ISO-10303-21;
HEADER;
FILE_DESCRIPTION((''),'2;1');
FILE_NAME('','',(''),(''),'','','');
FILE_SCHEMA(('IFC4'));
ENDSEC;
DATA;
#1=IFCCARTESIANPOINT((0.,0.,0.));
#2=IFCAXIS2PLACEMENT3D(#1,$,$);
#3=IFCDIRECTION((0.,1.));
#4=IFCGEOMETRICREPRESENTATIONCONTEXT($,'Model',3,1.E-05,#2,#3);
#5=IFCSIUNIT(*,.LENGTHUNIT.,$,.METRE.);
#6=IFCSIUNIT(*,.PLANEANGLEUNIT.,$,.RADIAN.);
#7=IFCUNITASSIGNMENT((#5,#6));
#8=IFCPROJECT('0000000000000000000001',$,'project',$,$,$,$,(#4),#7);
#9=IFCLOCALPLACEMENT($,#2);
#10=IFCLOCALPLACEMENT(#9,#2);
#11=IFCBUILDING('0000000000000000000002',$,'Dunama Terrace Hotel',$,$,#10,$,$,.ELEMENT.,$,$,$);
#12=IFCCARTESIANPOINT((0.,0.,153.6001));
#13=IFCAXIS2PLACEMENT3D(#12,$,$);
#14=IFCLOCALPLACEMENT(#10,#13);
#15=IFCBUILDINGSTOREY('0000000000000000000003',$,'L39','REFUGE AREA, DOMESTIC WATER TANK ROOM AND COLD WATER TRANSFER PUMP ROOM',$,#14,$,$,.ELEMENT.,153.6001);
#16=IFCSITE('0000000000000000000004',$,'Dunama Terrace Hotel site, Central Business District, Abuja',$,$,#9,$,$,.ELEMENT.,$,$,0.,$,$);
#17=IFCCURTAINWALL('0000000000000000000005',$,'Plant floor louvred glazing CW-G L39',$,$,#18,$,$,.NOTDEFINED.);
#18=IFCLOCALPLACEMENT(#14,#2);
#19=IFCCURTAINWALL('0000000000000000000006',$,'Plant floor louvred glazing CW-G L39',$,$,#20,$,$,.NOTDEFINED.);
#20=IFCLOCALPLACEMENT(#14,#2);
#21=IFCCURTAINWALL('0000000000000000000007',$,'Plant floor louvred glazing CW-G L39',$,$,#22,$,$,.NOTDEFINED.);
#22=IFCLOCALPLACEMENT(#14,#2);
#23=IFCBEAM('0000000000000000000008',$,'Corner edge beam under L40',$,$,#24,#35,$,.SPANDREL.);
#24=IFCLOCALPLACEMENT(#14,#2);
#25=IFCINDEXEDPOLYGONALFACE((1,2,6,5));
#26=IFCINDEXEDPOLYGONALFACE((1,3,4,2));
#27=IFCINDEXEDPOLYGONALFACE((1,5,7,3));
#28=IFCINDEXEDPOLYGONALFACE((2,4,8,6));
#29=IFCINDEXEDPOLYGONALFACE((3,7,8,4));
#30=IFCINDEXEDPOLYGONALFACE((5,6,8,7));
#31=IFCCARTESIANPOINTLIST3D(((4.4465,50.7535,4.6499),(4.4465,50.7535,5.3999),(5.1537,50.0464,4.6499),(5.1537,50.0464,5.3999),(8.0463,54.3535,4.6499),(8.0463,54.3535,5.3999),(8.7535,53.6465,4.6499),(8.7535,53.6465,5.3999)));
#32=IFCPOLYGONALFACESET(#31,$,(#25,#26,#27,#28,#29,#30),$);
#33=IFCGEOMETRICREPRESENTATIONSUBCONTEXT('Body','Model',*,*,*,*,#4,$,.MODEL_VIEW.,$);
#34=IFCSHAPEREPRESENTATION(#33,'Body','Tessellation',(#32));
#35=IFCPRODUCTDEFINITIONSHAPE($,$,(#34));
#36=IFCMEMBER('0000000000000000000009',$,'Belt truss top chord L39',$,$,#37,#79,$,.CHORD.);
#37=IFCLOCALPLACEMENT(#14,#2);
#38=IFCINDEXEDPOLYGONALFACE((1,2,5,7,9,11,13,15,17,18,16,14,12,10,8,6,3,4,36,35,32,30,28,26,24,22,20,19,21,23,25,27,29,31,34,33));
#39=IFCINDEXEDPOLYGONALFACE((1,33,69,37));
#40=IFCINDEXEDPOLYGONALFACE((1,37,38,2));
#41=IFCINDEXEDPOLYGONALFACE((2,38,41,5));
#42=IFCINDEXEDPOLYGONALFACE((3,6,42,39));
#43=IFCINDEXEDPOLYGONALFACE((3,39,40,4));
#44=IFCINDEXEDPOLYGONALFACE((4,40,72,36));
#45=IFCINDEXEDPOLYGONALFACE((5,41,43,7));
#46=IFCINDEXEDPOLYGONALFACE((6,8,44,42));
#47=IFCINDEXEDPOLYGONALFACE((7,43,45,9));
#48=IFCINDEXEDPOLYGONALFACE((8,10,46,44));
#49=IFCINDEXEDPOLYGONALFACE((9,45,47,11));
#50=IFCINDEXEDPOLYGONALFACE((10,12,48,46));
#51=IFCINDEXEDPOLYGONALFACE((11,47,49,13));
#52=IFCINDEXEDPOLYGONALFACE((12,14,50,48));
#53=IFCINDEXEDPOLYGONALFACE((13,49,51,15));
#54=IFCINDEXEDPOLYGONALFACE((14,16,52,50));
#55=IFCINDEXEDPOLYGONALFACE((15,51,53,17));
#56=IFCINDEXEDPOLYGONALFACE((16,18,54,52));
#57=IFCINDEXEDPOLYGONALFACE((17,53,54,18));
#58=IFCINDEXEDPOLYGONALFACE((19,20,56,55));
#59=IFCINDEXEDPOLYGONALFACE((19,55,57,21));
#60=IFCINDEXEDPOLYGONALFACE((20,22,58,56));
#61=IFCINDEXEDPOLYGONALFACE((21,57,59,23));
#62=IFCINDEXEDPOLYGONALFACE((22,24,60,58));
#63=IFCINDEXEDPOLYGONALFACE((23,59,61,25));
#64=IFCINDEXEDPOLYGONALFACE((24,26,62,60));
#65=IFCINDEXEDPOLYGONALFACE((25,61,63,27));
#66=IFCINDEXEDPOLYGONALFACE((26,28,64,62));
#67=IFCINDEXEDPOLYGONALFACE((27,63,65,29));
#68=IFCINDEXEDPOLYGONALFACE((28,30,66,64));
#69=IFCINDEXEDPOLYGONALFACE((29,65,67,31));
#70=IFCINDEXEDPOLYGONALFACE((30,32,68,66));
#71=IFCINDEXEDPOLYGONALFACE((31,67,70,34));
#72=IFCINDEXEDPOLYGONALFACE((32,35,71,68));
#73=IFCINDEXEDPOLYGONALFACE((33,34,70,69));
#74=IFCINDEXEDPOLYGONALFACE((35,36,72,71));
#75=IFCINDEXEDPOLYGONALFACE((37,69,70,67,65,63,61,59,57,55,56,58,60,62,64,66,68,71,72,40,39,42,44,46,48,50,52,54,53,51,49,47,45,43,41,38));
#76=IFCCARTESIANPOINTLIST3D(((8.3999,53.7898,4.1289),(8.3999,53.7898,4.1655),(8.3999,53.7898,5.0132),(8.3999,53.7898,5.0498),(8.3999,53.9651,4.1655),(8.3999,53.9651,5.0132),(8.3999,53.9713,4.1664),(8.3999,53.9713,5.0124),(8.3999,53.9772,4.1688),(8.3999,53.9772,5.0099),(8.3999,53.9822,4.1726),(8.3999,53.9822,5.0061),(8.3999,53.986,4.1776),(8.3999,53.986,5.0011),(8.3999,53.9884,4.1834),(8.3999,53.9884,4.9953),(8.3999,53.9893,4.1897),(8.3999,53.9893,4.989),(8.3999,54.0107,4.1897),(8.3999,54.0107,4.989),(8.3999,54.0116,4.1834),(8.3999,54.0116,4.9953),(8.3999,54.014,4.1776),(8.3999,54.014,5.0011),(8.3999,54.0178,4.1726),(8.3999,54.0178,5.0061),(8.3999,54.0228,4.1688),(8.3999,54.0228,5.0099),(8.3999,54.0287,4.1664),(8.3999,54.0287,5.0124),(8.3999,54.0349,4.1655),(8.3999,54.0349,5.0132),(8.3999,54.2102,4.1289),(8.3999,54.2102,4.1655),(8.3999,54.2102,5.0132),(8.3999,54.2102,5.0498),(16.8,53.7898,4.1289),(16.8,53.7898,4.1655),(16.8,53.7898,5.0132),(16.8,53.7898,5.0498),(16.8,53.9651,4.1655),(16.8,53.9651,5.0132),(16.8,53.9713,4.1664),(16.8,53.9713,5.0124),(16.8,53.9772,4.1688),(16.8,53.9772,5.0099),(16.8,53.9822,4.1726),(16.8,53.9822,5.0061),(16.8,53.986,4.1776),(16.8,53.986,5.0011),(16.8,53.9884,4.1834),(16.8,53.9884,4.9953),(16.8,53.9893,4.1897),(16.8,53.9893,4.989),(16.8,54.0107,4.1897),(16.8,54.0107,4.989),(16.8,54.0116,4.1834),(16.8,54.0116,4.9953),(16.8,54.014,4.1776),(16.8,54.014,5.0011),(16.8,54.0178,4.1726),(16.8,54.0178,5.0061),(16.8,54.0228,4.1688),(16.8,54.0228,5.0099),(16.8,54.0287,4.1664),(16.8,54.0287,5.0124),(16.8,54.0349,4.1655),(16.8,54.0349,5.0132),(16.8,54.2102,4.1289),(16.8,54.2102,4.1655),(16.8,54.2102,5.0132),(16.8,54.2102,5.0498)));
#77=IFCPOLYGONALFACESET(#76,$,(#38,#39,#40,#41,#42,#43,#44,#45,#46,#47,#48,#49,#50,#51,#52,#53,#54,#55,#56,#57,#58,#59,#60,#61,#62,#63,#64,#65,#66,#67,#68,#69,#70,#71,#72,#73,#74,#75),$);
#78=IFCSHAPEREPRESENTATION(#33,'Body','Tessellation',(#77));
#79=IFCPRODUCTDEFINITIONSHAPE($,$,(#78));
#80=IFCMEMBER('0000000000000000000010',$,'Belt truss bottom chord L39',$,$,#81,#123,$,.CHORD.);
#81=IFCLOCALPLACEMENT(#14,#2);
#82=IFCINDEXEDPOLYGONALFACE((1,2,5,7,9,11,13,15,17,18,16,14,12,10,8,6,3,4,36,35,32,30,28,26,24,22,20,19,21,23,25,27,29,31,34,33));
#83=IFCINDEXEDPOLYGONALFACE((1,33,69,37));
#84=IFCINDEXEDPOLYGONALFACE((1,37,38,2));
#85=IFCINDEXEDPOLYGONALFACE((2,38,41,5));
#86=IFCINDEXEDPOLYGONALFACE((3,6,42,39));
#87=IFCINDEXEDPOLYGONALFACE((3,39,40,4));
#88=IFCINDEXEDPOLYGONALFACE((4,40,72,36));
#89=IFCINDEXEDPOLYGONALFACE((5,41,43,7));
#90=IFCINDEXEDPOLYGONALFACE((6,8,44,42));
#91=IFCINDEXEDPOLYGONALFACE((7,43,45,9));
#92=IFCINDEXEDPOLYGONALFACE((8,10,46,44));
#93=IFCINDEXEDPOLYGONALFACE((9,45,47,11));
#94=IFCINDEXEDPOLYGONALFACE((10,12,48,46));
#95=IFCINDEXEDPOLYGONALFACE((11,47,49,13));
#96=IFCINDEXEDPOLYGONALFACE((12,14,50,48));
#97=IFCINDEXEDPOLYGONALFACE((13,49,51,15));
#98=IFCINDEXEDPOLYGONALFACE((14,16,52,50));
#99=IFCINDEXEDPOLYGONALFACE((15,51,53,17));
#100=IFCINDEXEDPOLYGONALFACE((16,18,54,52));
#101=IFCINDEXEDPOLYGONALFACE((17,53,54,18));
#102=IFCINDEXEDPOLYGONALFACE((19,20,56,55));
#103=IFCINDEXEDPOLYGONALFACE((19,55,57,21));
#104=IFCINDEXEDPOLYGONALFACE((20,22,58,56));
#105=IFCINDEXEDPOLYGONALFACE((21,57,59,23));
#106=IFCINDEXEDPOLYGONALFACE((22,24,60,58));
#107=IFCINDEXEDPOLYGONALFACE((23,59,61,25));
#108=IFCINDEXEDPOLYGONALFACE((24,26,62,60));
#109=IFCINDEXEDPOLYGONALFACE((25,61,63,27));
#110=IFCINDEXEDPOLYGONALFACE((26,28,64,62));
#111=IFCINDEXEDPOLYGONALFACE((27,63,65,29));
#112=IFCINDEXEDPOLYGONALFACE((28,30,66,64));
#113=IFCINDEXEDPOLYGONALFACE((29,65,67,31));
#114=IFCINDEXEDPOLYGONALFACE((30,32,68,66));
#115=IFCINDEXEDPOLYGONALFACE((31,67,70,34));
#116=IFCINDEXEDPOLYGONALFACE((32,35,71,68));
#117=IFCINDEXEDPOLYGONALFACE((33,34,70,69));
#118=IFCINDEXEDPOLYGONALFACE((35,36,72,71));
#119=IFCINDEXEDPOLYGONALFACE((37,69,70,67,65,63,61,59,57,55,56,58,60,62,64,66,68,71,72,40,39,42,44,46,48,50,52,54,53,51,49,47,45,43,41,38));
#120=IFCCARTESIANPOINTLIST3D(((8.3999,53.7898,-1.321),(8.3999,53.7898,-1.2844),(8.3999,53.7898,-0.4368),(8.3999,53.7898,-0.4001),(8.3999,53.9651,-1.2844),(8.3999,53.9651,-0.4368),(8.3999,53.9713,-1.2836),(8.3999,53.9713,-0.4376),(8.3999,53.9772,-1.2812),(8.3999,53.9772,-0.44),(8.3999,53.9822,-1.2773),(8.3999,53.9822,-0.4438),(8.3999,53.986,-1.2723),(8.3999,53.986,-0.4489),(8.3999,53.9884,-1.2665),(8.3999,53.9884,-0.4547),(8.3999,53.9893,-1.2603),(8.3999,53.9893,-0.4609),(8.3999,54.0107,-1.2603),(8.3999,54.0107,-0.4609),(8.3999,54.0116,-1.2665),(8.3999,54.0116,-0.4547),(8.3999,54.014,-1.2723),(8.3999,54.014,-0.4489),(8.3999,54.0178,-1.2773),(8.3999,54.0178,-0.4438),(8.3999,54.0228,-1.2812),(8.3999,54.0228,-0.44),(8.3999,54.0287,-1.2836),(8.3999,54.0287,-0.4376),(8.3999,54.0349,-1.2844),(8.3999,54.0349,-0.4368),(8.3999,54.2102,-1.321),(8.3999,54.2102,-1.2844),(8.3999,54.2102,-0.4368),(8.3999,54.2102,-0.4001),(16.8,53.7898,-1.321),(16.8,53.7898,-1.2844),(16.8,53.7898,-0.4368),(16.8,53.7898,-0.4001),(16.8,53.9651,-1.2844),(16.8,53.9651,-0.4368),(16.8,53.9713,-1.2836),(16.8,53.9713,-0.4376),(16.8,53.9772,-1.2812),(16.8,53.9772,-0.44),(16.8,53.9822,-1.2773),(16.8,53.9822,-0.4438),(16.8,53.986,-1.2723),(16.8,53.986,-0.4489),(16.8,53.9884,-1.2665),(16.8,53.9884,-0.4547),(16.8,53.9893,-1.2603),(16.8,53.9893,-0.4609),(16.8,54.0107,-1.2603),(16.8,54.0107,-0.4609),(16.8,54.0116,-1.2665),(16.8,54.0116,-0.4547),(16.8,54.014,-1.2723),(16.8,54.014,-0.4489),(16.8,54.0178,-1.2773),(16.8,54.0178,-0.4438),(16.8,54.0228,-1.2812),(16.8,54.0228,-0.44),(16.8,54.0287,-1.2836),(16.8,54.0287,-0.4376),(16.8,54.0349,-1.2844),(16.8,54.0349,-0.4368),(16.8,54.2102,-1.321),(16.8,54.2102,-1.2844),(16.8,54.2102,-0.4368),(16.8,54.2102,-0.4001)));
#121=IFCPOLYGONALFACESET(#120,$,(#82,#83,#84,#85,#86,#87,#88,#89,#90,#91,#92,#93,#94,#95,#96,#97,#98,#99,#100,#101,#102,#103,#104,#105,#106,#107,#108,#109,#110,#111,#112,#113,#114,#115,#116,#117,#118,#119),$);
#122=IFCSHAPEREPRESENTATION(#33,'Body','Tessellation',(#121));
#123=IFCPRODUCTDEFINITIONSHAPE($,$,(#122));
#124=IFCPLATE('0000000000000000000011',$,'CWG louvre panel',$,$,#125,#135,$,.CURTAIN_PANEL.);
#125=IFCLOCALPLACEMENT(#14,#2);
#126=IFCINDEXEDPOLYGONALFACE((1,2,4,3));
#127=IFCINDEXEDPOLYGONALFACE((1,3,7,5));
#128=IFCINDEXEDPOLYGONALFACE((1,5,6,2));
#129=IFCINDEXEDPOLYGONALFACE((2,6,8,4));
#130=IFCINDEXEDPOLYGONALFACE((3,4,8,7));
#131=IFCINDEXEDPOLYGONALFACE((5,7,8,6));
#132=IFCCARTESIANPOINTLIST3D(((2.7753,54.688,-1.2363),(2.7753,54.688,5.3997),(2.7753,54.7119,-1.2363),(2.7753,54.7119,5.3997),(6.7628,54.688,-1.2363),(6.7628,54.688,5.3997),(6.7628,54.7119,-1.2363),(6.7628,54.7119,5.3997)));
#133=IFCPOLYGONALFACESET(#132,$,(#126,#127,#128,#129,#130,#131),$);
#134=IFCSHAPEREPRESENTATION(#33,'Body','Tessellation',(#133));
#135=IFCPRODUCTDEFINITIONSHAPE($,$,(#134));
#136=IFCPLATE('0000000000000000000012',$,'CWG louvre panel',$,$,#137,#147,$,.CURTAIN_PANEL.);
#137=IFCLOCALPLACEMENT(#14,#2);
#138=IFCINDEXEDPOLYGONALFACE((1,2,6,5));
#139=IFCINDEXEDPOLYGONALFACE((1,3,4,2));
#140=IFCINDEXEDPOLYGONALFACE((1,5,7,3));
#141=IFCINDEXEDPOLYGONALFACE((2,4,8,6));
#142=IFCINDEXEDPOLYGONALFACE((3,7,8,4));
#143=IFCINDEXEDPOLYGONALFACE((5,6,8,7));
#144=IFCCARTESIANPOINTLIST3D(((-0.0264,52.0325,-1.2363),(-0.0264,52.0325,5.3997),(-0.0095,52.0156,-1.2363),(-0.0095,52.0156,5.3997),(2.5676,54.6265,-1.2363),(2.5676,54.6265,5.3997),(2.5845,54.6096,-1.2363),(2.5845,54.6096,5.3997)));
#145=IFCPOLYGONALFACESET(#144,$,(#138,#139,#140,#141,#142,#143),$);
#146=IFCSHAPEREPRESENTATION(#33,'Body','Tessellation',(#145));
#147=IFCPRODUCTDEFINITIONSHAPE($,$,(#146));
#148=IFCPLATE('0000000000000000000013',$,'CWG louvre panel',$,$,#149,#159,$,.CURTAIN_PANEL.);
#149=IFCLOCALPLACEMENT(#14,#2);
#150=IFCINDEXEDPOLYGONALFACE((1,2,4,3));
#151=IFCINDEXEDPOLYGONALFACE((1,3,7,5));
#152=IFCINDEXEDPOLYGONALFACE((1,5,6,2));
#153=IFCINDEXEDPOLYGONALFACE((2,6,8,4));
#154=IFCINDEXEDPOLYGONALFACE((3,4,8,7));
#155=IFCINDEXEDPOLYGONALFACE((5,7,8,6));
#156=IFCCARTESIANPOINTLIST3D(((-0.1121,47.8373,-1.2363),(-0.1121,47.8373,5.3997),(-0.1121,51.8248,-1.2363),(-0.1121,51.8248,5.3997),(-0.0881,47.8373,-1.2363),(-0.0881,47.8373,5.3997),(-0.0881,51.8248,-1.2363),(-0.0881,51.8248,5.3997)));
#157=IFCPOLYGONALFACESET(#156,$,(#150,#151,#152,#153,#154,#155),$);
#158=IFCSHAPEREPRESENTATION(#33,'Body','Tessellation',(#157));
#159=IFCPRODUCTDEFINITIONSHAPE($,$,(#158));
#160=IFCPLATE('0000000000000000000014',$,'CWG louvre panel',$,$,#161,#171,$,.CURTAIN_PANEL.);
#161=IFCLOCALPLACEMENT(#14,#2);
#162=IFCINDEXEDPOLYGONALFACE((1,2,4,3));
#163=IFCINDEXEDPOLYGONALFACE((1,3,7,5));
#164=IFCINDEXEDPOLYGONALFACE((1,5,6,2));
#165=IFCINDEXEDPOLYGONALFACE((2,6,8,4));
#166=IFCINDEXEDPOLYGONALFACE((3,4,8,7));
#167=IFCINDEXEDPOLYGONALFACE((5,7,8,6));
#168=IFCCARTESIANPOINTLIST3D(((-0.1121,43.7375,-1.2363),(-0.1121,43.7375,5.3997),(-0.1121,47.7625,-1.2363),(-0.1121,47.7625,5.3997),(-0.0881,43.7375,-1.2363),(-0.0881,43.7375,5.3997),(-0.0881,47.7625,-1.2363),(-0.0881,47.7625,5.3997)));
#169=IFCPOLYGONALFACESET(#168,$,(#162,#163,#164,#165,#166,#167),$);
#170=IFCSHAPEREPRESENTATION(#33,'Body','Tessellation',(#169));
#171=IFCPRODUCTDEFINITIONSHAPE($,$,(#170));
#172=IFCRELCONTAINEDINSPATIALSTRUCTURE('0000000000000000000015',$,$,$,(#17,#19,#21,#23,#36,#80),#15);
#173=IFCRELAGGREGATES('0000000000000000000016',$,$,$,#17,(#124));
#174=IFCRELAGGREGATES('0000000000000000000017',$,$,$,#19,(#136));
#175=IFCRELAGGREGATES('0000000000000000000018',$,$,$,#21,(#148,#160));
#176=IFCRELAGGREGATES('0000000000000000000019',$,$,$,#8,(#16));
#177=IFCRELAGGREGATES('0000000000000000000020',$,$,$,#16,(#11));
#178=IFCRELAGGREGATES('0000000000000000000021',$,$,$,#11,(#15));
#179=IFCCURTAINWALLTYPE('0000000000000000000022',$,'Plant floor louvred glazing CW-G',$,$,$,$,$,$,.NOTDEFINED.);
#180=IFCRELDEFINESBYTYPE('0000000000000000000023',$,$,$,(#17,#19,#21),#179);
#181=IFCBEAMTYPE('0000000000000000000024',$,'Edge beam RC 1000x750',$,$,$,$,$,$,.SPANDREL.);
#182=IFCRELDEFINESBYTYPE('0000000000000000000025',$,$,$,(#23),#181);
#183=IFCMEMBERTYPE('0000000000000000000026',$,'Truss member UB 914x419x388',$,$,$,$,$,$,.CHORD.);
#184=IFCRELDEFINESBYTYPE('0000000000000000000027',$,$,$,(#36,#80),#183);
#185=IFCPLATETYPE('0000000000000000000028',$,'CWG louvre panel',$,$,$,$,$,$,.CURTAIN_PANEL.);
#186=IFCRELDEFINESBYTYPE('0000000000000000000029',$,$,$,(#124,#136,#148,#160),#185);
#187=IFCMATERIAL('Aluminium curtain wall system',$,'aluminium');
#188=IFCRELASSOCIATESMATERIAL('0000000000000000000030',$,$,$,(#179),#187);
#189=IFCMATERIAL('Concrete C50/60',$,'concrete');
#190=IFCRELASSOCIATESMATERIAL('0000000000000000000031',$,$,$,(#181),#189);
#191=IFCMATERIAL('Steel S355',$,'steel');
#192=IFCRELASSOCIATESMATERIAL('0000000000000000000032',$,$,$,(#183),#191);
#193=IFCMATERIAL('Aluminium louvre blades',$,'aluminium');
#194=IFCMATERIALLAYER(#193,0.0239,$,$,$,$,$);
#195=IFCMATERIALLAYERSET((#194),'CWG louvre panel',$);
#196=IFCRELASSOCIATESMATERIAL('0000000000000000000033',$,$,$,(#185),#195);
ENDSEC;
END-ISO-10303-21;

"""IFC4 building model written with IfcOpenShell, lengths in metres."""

from ifc_helpers import new_model, si_unit, direction, frame, origin, origin_2d, place, context, subcontext, project, spatial, rectangle, i_section, extrude, material, layer, layer_set, material_profile, profile_set, type_object, element, aggregate, save


model = new_model("IFC4")

# Units and contexts
model_context = context("Model", 3, precision=1e-05, world=origin(), true_north=direction((0.0, 1.0)))
body_context = subcontext(model_context, "Body", "Model", "MODEL_VIEW")
ifc_project = project(units=[si_unit("LENGTHUNIT", "METRE"), si_unit("PLANEANGLEUNIT", "RADIAN")], contexts=[model_context])

# Site, building, storey
site_placement = place(None, origin())
site = spatial("IfcSite", under=ifc_project, at=site_placement, Name="Dunama Terrace Hotel site, Central Business District, Abuja", CompositionType="ELEMENT", RefElevation=0.0)
building_placement = place(site_placement, origin())
building = spatial("IfcBuilding", under=site, at=building_placement, Name="Dunama Terrace Hotel", CompositionType="ELEMENT")
storey_placement = place(building_placement, frame((0.0, 0.0, 153.6001)))
storey = spatial("IfcBuildingStorey", under=building, at=storey_placement, Name="L39", Description="REFUGE AREA, DOMESTIC WATER TANK ROOM AND COLD WATER TRANSFER PUMP ROOM", CompositionType="ELEMENT", Elevation=153.6001)

# Curtain walls
ifc_material_1 = material(Name="Aluminium curtain wall system", Category="aluminium")
curtain_wall_type = type_object("IfcCurtainWallType", Name="Plant floor louvred glazing CW-G", PredefinedType="NOTDEFINED", material=ifc_material_1)
curtain_wall_1_placement = place(storey_placement, origin())
curtain_wall_1 = element("IfcCurtainWall", 1, at=curtain_wall_1_placement, inside=storey, type_object=curtain_wall_type, Name="Plant floor louvred glazing CW-G L39", PredefinedType="NOTDEFINED")
curtain_wall_2_placement = place(storey_placement, origin())
curtain_wall_2 = element("IfcCurtainWall", 2, at=curtain_wall_2_placement, inside=storey, type_object=curtain_wall_type, Name="Plant floor louvred glazing CW-G L39", PredefinedType="NOTDEFINED")
curtain_wall_3_placement = place(storey_placement, origin())
curtain_wall_3 = element("IfcCurtainWall", 3, at=curtain_wall_3_placement, inside=storey, type_object=curtain_wall_type, Name="Plant floor louvred glazing CW-G L39", PredefinedType="NOTDEFINED")

# Beam
ifc_material_2 = material(Name="Concrete C50/60", Category="concrete")
ifc_material_profile_1 = material_profile(ifc_material_2, rectangle(XDim=1.0, YDim=0.75, at=origin_2d()), Name="RC 1000x750")
ifc_profile_set_1 = profile_set([ifc_material_profile_1], Name="Concrete C50/60")
beam_type = type_object("IfcBeamType", Name="Edge beam RC 1000x750", PredefinedType="SPANDREL", material=ifc_profile_set_1)
beam_placement = place(storey_placement, frame((8.3999, 54.0, 5.0249), z_axis=(-0.707083, -0.707131, 0.0), x_axis=(0.707131, -0.707083, 0.0)))
element("IfcBeam", 4, at=beam_placement, inside=storey, type_object=beam_type, Name="Corner edge beam under L40", PredefinedType="SPANDREL", context=body_context, shape_type="SweptSolid", body=[
    extrude(rectangle(XDim=1.0, YDim=0.75, at=origin_2d()), origin(), (0.0, 0.0, 1.0), 5.0911),
])

# Members
ifc_material_3 = material(Name="Steel S355", Category="steel")
ifc_material_profile_2 = material_profile(ifc_material_3, i_section(OverallWidth=0.4204, OverallDepth=0.9209, WebThickness=0.0215, FlangeThickness=0.0366, FilletRadius=0.0242, at=origin_2d()), Name="UB 914x419x388")
ifc_profile_set_2 = profile_set([ifc_material_profile_2], Name="Steel S355")
member_type_1 = type_object("IfcMemberType", Name="Truss member UB 914x419x388", PredefinedType="CHORD", material=ifc_profile_set_2)
for number, where, z_axis, x_axis, name in (
    (5, (8.3999, 54.0, 4.5894), (1.0, 0.0, 0.0), (0.0, 1.0, 0.0), "Belt truss top chord L39"),
    (6, (8.3999, 54.0, -0.8606), (1.0, 0.0, 0.0), (0.0, 1.0, 0.0), "Belt truss bottom chord L39"),
):
    element("IfcMember", number, at=place(storey_placement, frame(where, z_axis=z_axis, x_axis=x_axis)), inside=storey, type_object=member_type_1, Name=name, PredefinedType="CHORD", context=body_context, shape_type="SweptSolid", body=[
        extrude(i_section(OverallWidth=0.4204, OverallDepth=0.9209, WebThickness=0.0215, FlangeThickness=0.0366, FilletRadius=0.0242, at=origin_2d()), origin(), (0.0, 0.0, 1.0), 8.4001),
    ])

# Plates
ifc_material_4 = material(Name="Aluminium louvre blades", Category="aluminium")
ifc_layer = layer(ifc_material_4, 0.0239)
ifc_layer_set = layer_set([ifc_layer], Name="CWG louvre panel")
plate_type = type_object("IfcPlateType", Name="CWG louvre panel", PredefinedType="CURTAIN_PANEL", material=ifc_layer_set)
plate_1_placement = place(storey_placement, frame((4.769, 54.7, -1.2363), z_axis=(0.0, 0.0, 1.0), x_axis=(-1.0, 0.0, 0.0)))
plate_1 = element("IfcPlate", 7, at=plate_1_placement, type_object=plate_type, Name="CWG louvre panel", PredefinedType="CURTAIN_PANEL", context=body_context, shape_type="SweptSolid", body=[
    extrude(rectangle(XDim=3.9875, YDim=0.0239, at=origin_2d()), origin(), (0.0, 0.0, 1.0), 6.636),
])
aggregate(curtain_wall_1, [plate_1])
plate_2_placement = place(storey_placement, frame((1.2791, 53.321, -1.2363), z_axis=(0.0, 0.0, 1.0), x_axis=(-0.707107, -0.707107, 0.0)))
plate_2 = element("IfcPlate", 8, at=plate_2_placement, type_object=plate_type, Name="CWG louvre panel", PredefinedType="CURTAIN_PANEL", context=body_context, shape_type="SweptSolid", body=[
    extrude(rectangle(XDim=3.6685, YDim=0.0239, at=origin_2d()), origin(), (0.0, 0.0, 1.0), 6.636),
])
aggregate(curtain_wall_2, [plate_2])
plate_3_placement = place(storey_placement, frame((-0.1001, 49.8311, -1.2363), z_axis=(0.0, 0.0, 1.0), x_axis=(0.0, -1.0, 0.0)))
plate_3 = element("IfcPlate", 9, at=plate_3_placement, type_object=plate_type, Name="CWG louvre panel", PredefinedType="CURTAIN_PANEL", context=body_context, shape_type="SweptSolid", body=[
    extrude(rectangle(XDim=3.9875, YDim=0.0239, at=origin_2d()), origin(), (0.0, 0.0, 1.0), 6.636),
])
plate_4_placement = place(storey_placement, frame((-0.1001, 45.75, -1.2363), z_axis=(0.0, 0.0, 1.0), x_axis=(0.0, -1.0, 0.0)))
plate_4 = element("IfcPlate", 10, at=plate_4_placement, type_object=plate_type, Name="CWG louvre panel", PredefinedType="CURTAIN_PANEL", context=body_context, shape_type="SweptSolid", body=[
    extrude(rectangle(XDim=4.0249, YDim=0.0239, at=origin_2d()), origin(), (0.0, 0.0, 1.0), 6.636),
])
aggregate(curtain_wall_3, [plate_3, plate_4])

save(model, "model.ifc")
